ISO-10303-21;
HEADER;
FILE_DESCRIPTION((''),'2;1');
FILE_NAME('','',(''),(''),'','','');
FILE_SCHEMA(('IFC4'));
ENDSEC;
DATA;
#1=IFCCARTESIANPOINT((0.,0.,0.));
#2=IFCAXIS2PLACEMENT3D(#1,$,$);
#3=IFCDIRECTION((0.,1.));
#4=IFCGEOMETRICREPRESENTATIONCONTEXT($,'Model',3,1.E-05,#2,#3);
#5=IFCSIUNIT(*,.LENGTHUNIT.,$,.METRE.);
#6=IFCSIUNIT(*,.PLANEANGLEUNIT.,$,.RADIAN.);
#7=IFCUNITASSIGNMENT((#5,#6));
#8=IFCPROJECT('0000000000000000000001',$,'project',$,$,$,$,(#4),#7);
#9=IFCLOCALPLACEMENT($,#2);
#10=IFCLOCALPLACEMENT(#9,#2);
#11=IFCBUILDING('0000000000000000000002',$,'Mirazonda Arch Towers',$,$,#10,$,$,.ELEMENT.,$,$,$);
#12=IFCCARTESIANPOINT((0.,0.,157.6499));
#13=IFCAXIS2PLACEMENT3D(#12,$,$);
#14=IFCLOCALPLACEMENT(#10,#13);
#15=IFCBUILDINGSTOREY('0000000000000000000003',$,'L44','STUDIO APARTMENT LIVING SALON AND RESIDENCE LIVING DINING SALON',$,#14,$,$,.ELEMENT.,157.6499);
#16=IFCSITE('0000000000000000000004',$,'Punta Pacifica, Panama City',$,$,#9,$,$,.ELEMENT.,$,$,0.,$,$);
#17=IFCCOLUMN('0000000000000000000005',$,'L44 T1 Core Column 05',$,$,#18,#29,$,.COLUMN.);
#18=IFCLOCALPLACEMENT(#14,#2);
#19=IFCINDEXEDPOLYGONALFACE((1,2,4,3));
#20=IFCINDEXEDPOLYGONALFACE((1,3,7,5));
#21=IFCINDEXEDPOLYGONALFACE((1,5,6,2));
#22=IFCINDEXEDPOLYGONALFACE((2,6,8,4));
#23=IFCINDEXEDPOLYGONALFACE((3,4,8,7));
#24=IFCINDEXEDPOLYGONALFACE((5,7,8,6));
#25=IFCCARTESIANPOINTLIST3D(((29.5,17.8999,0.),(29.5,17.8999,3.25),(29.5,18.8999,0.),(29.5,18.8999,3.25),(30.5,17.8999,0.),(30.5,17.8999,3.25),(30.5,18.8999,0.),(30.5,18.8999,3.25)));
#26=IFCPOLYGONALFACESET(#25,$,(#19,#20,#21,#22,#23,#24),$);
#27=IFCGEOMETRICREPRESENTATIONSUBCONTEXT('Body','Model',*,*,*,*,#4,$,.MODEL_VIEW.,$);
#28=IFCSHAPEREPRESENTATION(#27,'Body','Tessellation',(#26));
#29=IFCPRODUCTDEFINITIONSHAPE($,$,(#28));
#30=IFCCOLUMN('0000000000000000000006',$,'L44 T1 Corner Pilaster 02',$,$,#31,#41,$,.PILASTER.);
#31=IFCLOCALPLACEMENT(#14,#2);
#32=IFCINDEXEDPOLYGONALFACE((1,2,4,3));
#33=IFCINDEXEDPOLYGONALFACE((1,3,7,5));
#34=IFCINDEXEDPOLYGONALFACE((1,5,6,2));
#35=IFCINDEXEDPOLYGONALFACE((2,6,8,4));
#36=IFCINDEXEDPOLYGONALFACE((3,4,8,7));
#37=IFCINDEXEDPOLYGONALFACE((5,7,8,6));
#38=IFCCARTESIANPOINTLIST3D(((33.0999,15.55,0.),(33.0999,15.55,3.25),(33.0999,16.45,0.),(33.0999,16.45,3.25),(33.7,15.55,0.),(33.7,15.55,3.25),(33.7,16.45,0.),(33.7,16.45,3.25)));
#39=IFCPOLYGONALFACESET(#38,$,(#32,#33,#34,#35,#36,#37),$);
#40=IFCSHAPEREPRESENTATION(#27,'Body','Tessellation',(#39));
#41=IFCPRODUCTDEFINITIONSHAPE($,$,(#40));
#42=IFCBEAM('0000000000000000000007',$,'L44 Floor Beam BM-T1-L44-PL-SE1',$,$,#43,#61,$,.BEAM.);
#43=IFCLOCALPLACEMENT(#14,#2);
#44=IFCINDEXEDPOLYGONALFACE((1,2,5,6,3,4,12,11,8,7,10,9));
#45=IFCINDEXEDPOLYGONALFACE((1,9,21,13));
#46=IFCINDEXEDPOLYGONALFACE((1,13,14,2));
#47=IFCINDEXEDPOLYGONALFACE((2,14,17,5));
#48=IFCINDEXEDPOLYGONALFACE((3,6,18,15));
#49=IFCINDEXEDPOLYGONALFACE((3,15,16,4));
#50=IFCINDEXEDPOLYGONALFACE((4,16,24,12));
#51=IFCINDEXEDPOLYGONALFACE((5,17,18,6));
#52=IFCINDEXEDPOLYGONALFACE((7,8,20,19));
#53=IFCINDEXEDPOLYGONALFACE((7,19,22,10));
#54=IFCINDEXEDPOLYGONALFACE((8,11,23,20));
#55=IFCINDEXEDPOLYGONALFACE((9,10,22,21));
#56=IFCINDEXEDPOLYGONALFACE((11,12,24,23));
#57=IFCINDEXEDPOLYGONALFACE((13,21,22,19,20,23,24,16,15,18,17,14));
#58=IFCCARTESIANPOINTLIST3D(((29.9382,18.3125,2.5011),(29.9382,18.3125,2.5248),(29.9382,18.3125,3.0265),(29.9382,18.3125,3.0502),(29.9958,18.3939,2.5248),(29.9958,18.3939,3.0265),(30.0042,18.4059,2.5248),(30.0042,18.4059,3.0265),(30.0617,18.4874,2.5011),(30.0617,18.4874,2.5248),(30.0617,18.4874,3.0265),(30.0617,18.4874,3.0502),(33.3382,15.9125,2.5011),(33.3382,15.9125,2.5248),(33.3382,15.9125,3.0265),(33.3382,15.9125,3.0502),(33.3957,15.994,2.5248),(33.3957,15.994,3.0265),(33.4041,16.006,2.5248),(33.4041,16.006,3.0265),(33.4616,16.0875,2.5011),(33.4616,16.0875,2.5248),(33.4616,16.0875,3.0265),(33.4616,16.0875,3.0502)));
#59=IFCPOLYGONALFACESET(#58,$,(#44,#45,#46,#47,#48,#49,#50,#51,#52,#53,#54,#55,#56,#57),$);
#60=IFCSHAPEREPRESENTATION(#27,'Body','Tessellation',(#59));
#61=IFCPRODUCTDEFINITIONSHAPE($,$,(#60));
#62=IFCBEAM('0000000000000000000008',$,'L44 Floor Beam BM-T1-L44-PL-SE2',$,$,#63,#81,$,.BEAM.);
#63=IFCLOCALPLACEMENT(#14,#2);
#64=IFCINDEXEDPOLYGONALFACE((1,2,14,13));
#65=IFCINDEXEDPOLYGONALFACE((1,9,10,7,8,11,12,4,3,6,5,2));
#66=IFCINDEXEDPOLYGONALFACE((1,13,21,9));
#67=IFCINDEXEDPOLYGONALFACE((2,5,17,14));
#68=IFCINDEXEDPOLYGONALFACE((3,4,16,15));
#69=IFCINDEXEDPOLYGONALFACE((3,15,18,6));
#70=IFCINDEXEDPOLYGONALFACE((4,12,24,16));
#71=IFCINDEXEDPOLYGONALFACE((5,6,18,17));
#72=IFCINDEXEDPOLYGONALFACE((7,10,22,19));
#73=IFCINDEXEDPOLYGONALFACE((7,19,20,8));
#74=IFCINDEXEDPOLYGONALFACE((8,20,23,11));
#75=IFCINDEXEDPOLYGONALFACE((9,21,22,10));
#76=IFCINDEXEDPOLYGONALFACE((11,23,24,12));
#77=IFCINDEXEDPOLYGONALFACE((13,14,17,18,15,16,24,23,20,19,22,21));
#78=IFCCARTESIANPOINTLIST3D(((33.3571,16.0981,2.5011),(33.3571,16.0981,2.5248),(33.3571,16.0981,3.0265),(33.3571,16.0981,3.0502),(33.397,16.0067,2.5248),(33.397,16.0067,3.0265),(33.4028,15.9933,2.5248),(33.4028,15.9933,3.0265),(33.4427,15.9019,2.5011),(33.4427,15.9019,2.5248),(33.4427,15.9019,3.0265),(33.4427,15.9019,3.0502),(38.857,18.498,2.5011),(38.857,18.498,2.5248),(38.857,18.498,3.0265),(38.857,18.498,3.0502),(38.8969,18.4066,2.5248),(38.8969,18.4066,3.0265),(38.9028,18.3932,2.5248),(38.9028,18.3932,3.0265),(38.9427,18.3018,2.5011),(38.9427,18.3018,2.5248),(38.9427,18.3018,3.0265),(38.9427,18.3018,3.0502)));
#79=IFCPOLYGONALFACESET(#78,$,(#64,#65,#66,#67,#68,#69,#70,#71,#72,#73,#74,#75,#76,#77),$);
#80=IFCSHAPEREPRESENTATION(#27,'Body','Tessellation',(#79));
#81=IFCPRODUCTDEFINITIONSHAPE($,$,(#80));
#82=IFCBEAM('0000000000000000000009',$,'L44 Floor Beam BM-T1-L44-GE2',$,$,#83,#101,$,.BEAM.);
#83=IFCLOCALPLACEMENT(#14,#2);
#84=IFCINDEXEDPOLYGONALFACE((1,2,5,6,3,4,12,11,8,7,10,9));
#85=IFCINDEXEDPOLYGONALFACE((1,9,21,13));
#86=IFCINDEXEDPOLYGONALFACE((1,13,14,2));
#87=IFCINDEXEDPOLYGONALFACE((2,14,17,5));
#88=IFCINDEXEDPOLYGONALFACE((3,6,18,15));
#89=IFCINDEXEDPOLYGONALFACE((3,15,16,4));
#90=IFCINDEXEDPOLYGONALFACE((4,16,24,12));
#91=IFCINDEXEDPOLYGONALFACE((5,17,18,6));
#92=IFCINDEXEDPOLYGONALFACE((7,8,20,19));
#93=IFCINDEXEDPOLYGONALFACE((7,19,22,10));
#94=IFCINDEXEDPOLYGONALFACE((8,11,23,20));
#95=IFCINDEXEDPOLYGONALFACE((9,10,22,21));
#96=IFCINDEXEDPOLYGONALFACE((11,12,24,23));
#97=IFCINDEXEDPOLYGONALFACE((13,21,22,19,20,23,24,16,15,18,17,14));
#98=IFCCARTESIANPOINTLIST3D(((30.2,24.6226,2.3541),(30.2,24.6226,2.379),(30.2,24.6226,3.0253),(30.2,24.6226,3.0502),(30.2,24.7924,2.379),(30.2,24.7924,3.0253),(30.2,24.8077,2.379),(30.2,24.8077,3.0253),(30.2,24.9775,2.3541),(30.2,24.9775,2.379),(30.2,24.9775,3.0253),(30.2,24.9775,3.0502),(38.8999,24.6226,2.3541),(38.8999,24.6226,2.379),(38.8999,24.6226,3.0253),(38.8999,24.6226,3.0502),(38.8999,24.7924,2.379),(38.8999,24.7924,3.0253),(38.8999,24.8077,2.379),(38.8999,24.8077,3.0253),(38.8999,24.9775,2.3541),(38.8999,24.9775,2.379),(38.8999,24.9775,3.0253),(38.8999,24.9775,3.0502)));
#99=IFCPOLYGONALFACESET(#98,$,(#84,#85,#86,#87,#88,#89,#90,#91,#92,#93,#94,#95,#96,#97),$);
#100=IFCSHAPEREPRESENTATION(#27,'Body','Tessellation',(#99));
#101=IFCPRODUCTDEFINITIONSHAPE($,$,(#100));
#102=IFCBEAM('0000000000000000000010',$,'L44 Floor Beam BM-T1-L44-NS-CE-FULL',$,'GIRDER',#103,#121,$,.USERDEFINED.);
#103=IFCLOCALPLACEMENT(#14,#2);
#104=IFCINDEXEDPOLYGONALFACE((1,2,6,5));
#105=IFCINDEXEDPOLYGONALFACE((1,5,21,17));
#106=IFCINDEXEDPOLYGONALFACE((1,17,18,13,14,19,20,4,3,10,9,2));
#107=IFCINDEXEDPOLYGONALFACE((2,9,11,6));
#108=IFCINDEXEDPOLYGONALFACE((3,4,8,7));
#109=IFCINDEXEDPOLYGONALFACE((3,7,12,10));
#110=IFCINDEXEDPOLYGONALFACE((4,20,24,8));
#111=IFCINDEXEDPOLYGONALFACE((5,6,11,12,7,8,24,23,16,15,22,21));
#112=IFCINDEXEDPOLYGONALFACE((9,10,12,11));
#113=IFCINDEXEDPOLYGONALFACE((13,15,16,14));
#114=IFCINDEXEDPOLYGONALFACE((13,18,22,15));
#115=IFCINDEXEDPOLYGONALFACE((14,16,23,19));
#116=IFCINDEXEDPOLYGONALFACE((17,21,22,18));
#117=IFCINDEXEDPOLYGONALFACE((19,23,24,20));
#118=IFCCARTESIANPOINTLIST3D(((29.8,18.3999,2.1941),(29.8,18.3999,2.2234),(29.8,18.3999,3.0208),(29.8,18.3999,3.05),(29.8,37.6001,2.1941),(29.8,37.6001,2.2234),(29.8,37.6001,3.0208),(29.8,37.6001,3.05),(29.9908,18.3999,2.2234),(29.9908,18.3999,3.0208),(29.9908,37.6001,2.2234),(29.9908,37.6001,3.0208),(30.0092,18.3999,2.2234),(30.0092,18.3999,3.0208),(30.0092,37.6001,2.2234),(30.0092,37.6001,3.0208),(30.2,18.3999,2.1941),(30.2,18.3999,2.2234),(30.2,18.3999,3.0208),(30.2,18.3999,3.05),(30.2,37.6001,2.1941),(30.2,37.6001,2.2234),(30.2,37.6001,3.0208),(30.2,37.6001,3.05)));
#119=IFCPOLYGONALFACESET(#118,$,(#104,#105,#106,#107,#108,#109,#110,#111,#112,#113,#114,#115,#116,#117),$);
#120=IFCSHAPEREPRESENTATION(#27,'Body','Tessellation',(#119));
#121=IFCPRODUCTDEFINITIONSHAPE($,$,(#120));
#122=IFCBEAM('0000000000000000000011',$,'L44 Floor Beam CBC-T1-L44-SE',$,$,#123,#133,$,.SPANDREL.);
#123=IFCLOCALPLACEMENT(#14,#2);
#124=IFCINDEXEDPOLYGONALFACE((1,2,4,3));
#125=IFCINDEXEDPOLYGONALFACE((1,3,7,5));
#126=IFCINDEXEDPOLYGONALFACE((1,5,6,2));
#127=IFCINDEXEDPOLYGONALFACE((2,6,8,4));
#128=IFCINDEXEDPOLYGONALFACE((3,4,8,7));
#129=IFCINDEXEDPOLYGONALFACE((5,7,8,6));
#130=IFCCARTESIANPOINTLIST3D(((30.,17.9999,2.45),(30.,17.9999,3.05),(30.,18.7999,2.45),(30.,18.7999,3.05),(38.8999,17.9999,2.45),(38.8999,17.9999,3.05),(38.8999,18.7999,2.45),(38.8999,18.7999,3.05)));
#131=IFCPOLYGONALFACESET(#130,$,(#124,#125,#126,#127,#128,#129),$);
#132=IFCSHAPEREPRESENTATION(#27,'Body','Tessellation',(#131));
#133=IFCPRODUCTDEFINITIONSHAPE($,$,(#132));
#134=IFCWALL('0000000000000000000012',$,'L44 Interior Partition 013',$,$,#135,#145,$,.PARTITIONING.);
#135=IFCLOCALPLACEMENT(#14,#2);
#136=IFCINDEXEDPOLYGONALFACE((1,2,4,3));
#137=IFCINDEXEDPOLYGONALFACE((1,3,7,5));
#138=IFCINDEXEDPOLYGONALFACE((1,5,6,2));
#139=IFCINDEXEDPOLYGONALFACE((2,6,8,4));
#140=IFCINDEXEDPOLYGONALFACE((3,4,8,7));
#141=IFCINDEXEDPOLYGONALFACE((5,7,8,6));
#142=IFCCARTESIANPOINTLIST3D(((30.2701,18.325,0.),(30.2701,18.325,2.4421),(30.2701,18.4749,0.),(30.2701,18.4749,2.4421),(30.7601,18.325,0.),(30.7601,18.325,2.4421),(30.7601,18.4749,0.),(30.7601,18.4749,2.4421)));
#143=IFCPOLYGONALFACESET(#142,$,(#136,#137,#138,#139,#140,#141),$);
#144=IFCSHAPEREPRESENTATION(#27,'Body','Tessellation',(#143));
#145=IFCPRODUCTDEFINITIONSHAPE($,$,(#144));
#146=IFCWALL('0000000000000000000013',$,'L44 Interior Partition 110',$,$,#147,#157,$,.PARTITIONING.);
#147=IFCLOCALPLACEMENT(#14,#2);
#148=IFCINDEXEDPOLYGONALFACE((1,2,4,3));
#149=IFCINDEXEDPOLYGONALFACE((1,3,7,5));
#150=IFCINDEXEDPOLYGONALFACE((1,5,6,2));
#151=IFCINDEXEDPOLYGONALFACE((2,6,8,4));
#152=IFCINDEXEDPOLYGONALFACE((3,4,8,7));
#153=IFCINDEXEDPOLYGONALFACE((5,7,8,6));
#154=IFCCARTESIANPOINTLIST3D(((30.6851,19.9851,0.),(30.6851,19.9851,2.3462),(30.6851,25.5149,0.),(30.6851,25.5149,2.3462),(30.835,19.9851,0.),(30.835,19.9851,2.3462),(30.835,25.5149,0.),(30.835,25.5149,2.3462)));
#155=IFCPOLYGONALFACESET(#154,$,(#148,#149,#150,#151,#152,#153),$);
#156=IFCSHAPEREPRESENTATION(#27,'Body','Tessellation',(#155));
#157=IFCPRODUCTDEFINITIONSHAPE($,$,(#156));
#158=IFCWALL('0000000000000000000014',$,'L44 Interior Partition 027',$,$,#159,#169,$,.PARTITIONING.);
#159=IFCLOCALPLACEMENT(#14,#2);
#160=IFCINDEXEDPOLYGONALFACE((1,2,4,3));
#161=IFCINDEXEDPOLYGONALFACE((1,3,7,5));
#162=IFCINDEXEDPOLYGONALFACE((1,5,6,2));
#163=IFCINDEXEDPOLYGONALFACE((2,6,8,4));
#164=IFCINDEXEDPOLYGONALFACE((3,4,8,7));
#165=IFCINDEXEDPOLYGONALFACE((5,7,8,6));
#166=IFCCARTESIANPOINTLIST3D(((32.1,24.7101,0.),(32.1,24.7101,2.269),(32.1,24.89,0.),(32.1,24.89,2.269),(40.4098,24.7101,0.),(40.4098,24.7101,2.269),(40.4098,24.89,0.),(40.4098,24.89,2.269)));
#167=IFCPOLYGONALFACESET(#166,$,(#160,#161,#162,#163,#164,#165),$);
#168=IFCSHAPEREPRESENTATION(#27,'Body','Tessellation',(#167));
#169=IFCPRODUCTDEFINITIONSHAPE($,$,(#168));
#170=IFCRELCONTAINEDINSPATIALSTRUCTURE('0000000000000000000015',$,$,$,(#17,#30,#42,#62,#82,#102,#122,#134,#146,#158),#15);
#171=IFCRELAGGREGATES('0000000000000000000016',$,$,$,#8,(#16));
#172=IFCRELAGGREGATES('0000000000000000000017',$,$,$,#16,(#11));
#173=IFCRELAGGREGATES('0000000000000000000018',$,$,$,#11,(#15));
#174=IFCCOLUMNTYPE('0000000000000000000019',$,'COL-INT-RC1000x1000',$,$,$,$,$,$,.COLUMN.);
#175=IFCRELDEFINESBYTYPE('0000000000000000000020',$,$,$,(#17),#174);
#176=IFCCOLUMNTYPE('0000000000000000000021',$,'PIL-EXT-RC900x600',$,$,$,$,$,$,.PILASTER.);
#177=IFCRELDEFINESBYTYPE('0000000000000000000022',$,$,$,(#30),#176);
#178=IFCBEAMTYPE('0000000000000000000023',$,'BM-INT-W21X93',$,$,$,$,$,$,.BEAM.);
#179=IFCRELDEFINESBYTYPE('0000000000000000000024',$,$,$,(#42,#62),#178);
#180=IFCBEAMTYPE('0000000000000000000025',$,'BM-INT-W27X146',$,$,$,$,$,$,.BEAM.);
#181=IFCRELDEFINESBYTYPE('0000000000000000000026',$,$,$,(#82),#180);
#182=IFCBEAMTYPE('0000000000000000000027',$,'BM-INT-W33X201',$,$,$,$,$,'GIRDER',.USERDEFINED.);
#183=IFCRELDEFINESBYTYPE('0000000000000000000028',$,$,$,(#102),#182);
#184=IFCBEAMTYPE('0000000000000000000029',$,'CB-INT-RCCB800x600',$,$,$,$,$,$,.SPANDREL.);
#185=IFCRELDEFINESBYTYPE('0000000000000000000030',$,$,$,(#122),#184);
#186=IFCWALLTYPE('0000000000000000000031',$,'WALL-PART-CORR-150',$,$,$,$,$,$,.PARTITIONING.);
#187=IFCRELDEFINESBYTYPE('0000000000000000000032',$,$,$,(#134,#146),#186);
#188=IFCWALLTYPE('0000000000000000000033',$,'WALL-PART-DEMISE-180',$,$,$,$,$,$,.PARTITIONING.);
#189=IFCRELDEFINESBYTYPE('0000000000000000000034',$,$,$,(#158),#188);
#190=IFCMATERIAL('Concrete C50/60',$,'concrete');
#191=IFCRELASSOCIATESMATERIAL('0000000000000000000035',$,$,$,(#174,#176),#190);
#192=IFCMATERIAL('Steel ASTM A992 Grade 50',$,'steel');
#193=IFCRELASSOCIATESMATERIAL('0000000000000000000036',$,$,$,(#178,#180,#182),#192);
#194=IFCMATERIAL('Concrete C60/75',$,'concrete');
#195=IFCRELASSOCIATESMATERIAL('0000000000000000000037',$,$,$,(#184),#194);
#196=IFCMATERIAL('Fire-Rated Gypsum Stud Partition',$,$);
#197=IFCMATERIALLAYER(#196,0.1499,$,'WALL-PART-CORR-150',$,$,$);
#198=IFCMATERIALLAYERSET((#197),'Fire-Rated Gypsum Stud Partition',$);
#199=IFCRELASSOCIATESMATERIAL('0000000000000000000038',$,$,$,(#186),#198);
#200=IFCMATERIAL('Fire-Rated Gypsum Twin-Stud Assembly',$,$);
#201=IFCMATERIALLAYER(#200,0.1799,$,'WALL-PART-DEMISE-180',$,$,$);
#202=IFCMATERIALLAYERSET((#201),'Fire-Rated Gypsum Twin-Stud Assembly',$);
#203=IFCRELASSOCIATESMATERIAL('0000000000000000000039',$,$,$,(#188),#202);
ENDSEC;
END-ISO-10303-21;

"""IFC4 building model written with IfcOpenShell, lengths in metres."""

from ifc_helpers import new_model, si_unit, direction, frame, frame_2d, origin, origin_2d, place, context, subcontext, project, spatial, rectangle, i_section, extrude, material, layer, layer_set, material_profile, profile_set, type_object, element, save


model = new_model("IFC4")

# Units and contexts
model_context = context("Model", 3, precision=1e-05, world=origin(), true_north=direction((0.0, 1.0)))
body_context = subcontext(model_context, "Body", "Model", "MODEL_VIEW")
ifc_project = project(units=[si_unit("LENGTHUNIT", "METRE"), si_unit("PLANEANGLEUNIT", "RADIAN")], contexts=[model_context])

# Site, building, storey
site_placement = place(None, origin())
site = spatial("IfcSite", under=ifc_project, at=site_placement, Name="Punta Pacifica, Panama City", CompositionType="ELEMENT", RefElevation=0.0)
building_placement = place(site_placement, origin())
building = spatial("IfcBuilding", under=site, at=building_placement, Name="Mirazonda Arch Towers", CompositionType="ELEMENT")
storey_placement = place(building_placement, frame((0.0, 0.0, 157.6499)))
storey = spatial("IfcBuildingStorey", under=building, at=storey_placement, Name="L44", Description="STUDIO APARTMENT LIVING SALON AND RESIDENCE LIVING DINING SALON", CompositionType="ELEMENT", Elevation=157.6499)

# Columns
ifc_material_1 = material(Name="Concrete C50/60", Category="concrete")
ifc_material_profile_1 = material_profile(ifc_material_1, rectangle(XDim=1.0, YDim=1.0, at=origin_2d()), Name="RC1000x1000")
ifc_profile_set_1 = profile_set([ifc_material_profile_1], Name="Concrete C50/60")
column_type_1 = type_object("IfcColumnType", Name="COL-INT-RC1000x1000", PredefinedType="COLUMN", material=ifc_profile_set_1)
column_1_placement = place(storey_placement, frame((30.0, 18.3999, 0.0), z_axis=(0.0, 0.0, 1.0), x_axis=(1.0, 0.0, 0.0)))
element("IfcColumn", 1, at=column_1_placement, inside=storey, type_object=column_type_1, Name="L44 T1 Core Column 05", PredefinedType="COLUMN", context=body_context, shape_type="SweptSolid", body=[
    extrude(rectangle(XDim=1.0, YDim=1.0, at=origin_2d()), origin(), (0.0, 0.0, 1.0), 3.25),
])
ifc_material_profile_2 = material_profile(ifc_material_1, rectangle(XDim=0.6001, YDim=0.8999, at=origin_2d()), Name="RC900x600")
ifc_profile_set_2 = profile_set([ifc_material_profile_2], Name="Concrete C50/60")
column_type_2 = type_object("IfcColumnType", Name="PIL-EXT-RC900x600", PredefinedType="PILASTER", material=ifc_profile_set_2)
column_2_placement = place(storey_placement, frame((33.3999, 16.0, 0.0), z_axis=(0.0, 0.0, 1.0), x_axis=(1.0, 0.0, 0.0)))
element("IfcColumn", 2, at=column_2_placement, inside=storey, type_object=column_type_2, Name="L44 T1 Corner Pilaster 02", PredefinedType="PILASTER", context=body_context, shape_type="SweptSolid", body=[
    extrude(rectangle(XDim=0.6001, YDim=0.8999, at=origin_2d()), origin(), (0.0, 0.0, 1.0), 3.25),
])

# Beams
ifc_material_2 = material(Name="Steel ASTM A992 Grade 50", Category="steel")
ifc_material_profile_3 = material_profile(ifc_material_2, i_section(OverallWidth=0.2141, OverallDepth=0.5491, WebThickness=0.0146, FlangeThickness=0.0237, at=origin_2d()), Name="W21X93")
ifc_profile_set_3 = profile_set([ifc_material_profile_3], Name="Steel ASTM A992 Grade 50")
beam_type_1 = type_object("IfcBeamType", Name="BM-INT-W21X93", PredefinedType="BEAM", material=ifc_profile_set_3)
beam_1_placement = place(storey_placement, frame((33.3999, 16.0, 2.7756), z_axis=(-0.816971, 0.576679, 0.0), x_axis=(-0.576679, -0.816971, 0.0)))
element("IfcBeam", 3, at=beam_1_placement, inside=storey, type_object=beam_type_1, Name="L44 Floor Beam BM-T1-L44-PL-SE1", PredefinedType="BEAM", context=body_context, shape_type="SweptSolid", body=[
    extrude(i_section(OverallWidth=0.2141, OverallDepth=0.5491, WebThickness=0.0146, FlangeThickness=0.0237, at=origin_2d()), origin(), (0.0, 0.0, 1.0), 4.1616),
])
beam_2_placement = place(storey_placement, frame((33.3999, 16.0, 2.7756), z_axis=(0.916545, 0.399931, 0.0), x_axis=(-0.399931, 0.916545, 0.0)))
element("IfcBeam", 4, at=beam_2_placement, inside=storey, type_object=beam_type_1, Name="L44 Floor Beam BM-T1-L44-PL-SE2", PredefinedType="BEAM", context=body_context, shape_type="SweptSolid", body=[
    extrude(i_section(OverallWidth=0.2141, OverallDepth=0.5491, WebThickness=0.0146, FlangeThickness=0.0237, at=origin_2d()), origin(), (0.0, 0.0, 1.0), 6.0007),
])
ifc_material_profile_4 = material_profile(ifc_material_2, i_section(OverallWidth=0.355, OverallDepth=0.696, WebThickness=0.0154, FlangeThickness=0.0249, at=origin_2d()), Name="W27X146")
ifc_profile_set_4 = profile_set([ifc_material_profile_4], Name="Steel ASTM A992 Grade 50")
beam_type_2 = type_object("IfcBeamType", Name="BM-INT-W27X146", PredefinedType="BEAM", material=ifc_profile_set_4)
beam_3_placement = place(storey_placement, frame((30.2, 24.8, 2.7021), z_axis=(1.0, 0.0, 0.0), x_axis=(0.0, 1.0, 0.0)))
element("IfcBeam", 5, at=beam_3_placement, inside=storey, type_object=beam_type_2, Name="L44 Floor Beam BM-T1-L44-GE2", PredefinedType="BEAM", context=body_context, shape_type="SweptSolid", body=[
    extrude(i_section(OverallWidth=0.355, OverallDepth=0.696, WebThickness=0.0154, FlangeThickness=0.0249, at=origin_2d()), origin(), (0.0, 0.0, 1.0), 8.7),
])
ifc_material_profile_5 = material_profile(ifc_material_2, i_section(OverallWidth=0.3999, OverallDepth=0.856, WebThickness=0.0183, FlangeThickness=0.0293, at=origin_2d()), Name="W33X201")
ifc_profile_set_5 = profile_set([ifc_material_profile_5], Name="Steel ASTM A992 Grade 50")
beam_type_3 = type_object("IfcBeamType", Name="BM-INT-W33X201", ElementType="GIRDER", PredefinedType="USERDEFINED", material=ifc_profile_set_5)
beam_4_placement = place(storey_placement, frame((30.0, 18.3999, 2.6221), z_axis=(0.0, 1.0, 0.0), x_axis=(-1.0, 0.0, 0.0)))
element("IfcBeam", 6, at=beam_4_placement, inside=storey, type_object=beam_type_3, Name="L44 Floor Beam BM-T1-L44-NS-CE-FULL", ObjectType="GIRDER", PredefinedType="USERDEFINED", context=body_context, shape_type="SweptSolid", body=[
    extrude(i_section(OverallWidth=0.3999, OverallDepth=0.856, WebThickness=0.0183, FlangeThickness=0.0293, at=origin_2d()), origin(), (0.0, 0.0, 1.0), 19.2002),
])
ifc_material_3 = material(Name="Concrete C60/75", Category="concrete")
ifc_material_profile_6 = material_profile(ifc_material_3, rectangle(XDim=0.8, YDim=0.6001, at=origin_2d()), Name="RCCB800x600")
ifc_profile_set_6 = profile_set([ifc_material_profile_6], Name="Concrete C60/75")
beam_type_4 = type_object("IfcBeamType", Name="CB-INT-RCCB800x600", PredefinedType="SPANDREL", material=ifc_profile_set_6)
beam_5_placement = place(storey_placement, frame((30.0, 18.3999, 2.75), z_axis=(1.0, 0.0, 0.0), x_axis=(0.0, 1.0, 0.0)))
element("IfcBeam", 7, at=beam_5_placement, inside=storey, type_object=beam_type_4, Name="L44 Floor Beam CBC-T1-L44-SE", PredefinedType="SPANDREL", context=body_context, shape_type="SweptSolid", body=[
    extrude(rectangle(XDim=0.8, YDim=0.6001, at=origin_2d()), origin(), (0.0, 0.0, 1.0), 8.8999),
])

# Walls
ifc_material_4 = material(Name="Fire-Rated Gypsum Stud Partition")
ifc_layer_1 = layer(ifc_material_4, 0.1499, Name="WALL-PART-CORR-150")
ifc_layer_set_1 = layer_set([ifc_layer_1], Name="Fire-Rated Gypsum Stud Partition")
wall_type_1 = type_object("IfcWallType", Name="WALL-PART-CORR-150", PredefinedType="PARTITIONING", material=ifc_layer_set_1)
wall_1_placement = place(storey_placement, frame((30.27, 18.3999, 0.0), z_axis=(0.0, 0.0, 1.0), x_axis=(1.0, 0.0, 0.0)))
element("IfcWall", 8, at=wall_1_placement, inside=storey, type_object=wall_type_1, Name="L44 Interior Partition 013", PredefinedType="PARTITIONING", context=body_context, shape_type="SweptSolid", body=[
    extrude(rectangle(XDim=0.49, YDim=0.1499, at=frame_2d((0.2451, 0.0))), origin(), (0.0, 0.0, 1.0), 2.4421),
])
wall_2_placement = place(storey_placement, frame((30.76, 19.9851, 0.0), z_axis=(0.0, 0.0, 1.0), x_axis=(0.0, 1.0, 0.0)))
element("IfcWall", 9, at=wall_2_placement, inside=storey, type_object=wall_type_1, Name="L44 Interior Partition 110", PredefinedType="PARTITIONING", context=body_context, shape_type="SweptSolid", body=[
    extrude(rectangle(XDim=5.5298, YDim=0.1499, at=frame_2d((2.7649, 0.0))), origin(), (0.0, 0.0, 1.0), 2.3462),
])

# Shared definitions
ifc_material_5 = material(Name="Fire-Rated Gypsum Twin-Stud Assembly")
ifc_layer_2 = layer(ifc_material_5, 0.1799, Name="WALL-PART-DEMISE-180")
ifc_layer_set_2 = layer_set([ifc_layer_2], Name="Fire-Rated Gypsum Twin-Stud Assembly")
wall_type_2 = type_object("IfcWallType", Name="WALL-PART-DEMISE-180", PredefinedType="PARTITIONING", material=ifc_layer_set_2)

# Wall
wall_3_placement = place(storey_placement, frame((32.1001, 24.8, 0.0), z_axis=(0.0, 0.0, 1.0), x_axis=(1.0, 0.0, 0.0)))
element("IfcWall", 10, at=wall_3_placement, inside=storey, type_object=wall_type_2, Name="L44 Interior Partition 027", PredefinedType="PARTITIONING", context=body_context, shape_type="SweptSolid", body=[
    extrude(rectangle(XDim=8.3098, YDim=0.1799, at=frame_2d((4.1548, 0.0))), origin(), (0.0, 0.0, 1.0), 2.269),
])

save(model, "model.ifc")
